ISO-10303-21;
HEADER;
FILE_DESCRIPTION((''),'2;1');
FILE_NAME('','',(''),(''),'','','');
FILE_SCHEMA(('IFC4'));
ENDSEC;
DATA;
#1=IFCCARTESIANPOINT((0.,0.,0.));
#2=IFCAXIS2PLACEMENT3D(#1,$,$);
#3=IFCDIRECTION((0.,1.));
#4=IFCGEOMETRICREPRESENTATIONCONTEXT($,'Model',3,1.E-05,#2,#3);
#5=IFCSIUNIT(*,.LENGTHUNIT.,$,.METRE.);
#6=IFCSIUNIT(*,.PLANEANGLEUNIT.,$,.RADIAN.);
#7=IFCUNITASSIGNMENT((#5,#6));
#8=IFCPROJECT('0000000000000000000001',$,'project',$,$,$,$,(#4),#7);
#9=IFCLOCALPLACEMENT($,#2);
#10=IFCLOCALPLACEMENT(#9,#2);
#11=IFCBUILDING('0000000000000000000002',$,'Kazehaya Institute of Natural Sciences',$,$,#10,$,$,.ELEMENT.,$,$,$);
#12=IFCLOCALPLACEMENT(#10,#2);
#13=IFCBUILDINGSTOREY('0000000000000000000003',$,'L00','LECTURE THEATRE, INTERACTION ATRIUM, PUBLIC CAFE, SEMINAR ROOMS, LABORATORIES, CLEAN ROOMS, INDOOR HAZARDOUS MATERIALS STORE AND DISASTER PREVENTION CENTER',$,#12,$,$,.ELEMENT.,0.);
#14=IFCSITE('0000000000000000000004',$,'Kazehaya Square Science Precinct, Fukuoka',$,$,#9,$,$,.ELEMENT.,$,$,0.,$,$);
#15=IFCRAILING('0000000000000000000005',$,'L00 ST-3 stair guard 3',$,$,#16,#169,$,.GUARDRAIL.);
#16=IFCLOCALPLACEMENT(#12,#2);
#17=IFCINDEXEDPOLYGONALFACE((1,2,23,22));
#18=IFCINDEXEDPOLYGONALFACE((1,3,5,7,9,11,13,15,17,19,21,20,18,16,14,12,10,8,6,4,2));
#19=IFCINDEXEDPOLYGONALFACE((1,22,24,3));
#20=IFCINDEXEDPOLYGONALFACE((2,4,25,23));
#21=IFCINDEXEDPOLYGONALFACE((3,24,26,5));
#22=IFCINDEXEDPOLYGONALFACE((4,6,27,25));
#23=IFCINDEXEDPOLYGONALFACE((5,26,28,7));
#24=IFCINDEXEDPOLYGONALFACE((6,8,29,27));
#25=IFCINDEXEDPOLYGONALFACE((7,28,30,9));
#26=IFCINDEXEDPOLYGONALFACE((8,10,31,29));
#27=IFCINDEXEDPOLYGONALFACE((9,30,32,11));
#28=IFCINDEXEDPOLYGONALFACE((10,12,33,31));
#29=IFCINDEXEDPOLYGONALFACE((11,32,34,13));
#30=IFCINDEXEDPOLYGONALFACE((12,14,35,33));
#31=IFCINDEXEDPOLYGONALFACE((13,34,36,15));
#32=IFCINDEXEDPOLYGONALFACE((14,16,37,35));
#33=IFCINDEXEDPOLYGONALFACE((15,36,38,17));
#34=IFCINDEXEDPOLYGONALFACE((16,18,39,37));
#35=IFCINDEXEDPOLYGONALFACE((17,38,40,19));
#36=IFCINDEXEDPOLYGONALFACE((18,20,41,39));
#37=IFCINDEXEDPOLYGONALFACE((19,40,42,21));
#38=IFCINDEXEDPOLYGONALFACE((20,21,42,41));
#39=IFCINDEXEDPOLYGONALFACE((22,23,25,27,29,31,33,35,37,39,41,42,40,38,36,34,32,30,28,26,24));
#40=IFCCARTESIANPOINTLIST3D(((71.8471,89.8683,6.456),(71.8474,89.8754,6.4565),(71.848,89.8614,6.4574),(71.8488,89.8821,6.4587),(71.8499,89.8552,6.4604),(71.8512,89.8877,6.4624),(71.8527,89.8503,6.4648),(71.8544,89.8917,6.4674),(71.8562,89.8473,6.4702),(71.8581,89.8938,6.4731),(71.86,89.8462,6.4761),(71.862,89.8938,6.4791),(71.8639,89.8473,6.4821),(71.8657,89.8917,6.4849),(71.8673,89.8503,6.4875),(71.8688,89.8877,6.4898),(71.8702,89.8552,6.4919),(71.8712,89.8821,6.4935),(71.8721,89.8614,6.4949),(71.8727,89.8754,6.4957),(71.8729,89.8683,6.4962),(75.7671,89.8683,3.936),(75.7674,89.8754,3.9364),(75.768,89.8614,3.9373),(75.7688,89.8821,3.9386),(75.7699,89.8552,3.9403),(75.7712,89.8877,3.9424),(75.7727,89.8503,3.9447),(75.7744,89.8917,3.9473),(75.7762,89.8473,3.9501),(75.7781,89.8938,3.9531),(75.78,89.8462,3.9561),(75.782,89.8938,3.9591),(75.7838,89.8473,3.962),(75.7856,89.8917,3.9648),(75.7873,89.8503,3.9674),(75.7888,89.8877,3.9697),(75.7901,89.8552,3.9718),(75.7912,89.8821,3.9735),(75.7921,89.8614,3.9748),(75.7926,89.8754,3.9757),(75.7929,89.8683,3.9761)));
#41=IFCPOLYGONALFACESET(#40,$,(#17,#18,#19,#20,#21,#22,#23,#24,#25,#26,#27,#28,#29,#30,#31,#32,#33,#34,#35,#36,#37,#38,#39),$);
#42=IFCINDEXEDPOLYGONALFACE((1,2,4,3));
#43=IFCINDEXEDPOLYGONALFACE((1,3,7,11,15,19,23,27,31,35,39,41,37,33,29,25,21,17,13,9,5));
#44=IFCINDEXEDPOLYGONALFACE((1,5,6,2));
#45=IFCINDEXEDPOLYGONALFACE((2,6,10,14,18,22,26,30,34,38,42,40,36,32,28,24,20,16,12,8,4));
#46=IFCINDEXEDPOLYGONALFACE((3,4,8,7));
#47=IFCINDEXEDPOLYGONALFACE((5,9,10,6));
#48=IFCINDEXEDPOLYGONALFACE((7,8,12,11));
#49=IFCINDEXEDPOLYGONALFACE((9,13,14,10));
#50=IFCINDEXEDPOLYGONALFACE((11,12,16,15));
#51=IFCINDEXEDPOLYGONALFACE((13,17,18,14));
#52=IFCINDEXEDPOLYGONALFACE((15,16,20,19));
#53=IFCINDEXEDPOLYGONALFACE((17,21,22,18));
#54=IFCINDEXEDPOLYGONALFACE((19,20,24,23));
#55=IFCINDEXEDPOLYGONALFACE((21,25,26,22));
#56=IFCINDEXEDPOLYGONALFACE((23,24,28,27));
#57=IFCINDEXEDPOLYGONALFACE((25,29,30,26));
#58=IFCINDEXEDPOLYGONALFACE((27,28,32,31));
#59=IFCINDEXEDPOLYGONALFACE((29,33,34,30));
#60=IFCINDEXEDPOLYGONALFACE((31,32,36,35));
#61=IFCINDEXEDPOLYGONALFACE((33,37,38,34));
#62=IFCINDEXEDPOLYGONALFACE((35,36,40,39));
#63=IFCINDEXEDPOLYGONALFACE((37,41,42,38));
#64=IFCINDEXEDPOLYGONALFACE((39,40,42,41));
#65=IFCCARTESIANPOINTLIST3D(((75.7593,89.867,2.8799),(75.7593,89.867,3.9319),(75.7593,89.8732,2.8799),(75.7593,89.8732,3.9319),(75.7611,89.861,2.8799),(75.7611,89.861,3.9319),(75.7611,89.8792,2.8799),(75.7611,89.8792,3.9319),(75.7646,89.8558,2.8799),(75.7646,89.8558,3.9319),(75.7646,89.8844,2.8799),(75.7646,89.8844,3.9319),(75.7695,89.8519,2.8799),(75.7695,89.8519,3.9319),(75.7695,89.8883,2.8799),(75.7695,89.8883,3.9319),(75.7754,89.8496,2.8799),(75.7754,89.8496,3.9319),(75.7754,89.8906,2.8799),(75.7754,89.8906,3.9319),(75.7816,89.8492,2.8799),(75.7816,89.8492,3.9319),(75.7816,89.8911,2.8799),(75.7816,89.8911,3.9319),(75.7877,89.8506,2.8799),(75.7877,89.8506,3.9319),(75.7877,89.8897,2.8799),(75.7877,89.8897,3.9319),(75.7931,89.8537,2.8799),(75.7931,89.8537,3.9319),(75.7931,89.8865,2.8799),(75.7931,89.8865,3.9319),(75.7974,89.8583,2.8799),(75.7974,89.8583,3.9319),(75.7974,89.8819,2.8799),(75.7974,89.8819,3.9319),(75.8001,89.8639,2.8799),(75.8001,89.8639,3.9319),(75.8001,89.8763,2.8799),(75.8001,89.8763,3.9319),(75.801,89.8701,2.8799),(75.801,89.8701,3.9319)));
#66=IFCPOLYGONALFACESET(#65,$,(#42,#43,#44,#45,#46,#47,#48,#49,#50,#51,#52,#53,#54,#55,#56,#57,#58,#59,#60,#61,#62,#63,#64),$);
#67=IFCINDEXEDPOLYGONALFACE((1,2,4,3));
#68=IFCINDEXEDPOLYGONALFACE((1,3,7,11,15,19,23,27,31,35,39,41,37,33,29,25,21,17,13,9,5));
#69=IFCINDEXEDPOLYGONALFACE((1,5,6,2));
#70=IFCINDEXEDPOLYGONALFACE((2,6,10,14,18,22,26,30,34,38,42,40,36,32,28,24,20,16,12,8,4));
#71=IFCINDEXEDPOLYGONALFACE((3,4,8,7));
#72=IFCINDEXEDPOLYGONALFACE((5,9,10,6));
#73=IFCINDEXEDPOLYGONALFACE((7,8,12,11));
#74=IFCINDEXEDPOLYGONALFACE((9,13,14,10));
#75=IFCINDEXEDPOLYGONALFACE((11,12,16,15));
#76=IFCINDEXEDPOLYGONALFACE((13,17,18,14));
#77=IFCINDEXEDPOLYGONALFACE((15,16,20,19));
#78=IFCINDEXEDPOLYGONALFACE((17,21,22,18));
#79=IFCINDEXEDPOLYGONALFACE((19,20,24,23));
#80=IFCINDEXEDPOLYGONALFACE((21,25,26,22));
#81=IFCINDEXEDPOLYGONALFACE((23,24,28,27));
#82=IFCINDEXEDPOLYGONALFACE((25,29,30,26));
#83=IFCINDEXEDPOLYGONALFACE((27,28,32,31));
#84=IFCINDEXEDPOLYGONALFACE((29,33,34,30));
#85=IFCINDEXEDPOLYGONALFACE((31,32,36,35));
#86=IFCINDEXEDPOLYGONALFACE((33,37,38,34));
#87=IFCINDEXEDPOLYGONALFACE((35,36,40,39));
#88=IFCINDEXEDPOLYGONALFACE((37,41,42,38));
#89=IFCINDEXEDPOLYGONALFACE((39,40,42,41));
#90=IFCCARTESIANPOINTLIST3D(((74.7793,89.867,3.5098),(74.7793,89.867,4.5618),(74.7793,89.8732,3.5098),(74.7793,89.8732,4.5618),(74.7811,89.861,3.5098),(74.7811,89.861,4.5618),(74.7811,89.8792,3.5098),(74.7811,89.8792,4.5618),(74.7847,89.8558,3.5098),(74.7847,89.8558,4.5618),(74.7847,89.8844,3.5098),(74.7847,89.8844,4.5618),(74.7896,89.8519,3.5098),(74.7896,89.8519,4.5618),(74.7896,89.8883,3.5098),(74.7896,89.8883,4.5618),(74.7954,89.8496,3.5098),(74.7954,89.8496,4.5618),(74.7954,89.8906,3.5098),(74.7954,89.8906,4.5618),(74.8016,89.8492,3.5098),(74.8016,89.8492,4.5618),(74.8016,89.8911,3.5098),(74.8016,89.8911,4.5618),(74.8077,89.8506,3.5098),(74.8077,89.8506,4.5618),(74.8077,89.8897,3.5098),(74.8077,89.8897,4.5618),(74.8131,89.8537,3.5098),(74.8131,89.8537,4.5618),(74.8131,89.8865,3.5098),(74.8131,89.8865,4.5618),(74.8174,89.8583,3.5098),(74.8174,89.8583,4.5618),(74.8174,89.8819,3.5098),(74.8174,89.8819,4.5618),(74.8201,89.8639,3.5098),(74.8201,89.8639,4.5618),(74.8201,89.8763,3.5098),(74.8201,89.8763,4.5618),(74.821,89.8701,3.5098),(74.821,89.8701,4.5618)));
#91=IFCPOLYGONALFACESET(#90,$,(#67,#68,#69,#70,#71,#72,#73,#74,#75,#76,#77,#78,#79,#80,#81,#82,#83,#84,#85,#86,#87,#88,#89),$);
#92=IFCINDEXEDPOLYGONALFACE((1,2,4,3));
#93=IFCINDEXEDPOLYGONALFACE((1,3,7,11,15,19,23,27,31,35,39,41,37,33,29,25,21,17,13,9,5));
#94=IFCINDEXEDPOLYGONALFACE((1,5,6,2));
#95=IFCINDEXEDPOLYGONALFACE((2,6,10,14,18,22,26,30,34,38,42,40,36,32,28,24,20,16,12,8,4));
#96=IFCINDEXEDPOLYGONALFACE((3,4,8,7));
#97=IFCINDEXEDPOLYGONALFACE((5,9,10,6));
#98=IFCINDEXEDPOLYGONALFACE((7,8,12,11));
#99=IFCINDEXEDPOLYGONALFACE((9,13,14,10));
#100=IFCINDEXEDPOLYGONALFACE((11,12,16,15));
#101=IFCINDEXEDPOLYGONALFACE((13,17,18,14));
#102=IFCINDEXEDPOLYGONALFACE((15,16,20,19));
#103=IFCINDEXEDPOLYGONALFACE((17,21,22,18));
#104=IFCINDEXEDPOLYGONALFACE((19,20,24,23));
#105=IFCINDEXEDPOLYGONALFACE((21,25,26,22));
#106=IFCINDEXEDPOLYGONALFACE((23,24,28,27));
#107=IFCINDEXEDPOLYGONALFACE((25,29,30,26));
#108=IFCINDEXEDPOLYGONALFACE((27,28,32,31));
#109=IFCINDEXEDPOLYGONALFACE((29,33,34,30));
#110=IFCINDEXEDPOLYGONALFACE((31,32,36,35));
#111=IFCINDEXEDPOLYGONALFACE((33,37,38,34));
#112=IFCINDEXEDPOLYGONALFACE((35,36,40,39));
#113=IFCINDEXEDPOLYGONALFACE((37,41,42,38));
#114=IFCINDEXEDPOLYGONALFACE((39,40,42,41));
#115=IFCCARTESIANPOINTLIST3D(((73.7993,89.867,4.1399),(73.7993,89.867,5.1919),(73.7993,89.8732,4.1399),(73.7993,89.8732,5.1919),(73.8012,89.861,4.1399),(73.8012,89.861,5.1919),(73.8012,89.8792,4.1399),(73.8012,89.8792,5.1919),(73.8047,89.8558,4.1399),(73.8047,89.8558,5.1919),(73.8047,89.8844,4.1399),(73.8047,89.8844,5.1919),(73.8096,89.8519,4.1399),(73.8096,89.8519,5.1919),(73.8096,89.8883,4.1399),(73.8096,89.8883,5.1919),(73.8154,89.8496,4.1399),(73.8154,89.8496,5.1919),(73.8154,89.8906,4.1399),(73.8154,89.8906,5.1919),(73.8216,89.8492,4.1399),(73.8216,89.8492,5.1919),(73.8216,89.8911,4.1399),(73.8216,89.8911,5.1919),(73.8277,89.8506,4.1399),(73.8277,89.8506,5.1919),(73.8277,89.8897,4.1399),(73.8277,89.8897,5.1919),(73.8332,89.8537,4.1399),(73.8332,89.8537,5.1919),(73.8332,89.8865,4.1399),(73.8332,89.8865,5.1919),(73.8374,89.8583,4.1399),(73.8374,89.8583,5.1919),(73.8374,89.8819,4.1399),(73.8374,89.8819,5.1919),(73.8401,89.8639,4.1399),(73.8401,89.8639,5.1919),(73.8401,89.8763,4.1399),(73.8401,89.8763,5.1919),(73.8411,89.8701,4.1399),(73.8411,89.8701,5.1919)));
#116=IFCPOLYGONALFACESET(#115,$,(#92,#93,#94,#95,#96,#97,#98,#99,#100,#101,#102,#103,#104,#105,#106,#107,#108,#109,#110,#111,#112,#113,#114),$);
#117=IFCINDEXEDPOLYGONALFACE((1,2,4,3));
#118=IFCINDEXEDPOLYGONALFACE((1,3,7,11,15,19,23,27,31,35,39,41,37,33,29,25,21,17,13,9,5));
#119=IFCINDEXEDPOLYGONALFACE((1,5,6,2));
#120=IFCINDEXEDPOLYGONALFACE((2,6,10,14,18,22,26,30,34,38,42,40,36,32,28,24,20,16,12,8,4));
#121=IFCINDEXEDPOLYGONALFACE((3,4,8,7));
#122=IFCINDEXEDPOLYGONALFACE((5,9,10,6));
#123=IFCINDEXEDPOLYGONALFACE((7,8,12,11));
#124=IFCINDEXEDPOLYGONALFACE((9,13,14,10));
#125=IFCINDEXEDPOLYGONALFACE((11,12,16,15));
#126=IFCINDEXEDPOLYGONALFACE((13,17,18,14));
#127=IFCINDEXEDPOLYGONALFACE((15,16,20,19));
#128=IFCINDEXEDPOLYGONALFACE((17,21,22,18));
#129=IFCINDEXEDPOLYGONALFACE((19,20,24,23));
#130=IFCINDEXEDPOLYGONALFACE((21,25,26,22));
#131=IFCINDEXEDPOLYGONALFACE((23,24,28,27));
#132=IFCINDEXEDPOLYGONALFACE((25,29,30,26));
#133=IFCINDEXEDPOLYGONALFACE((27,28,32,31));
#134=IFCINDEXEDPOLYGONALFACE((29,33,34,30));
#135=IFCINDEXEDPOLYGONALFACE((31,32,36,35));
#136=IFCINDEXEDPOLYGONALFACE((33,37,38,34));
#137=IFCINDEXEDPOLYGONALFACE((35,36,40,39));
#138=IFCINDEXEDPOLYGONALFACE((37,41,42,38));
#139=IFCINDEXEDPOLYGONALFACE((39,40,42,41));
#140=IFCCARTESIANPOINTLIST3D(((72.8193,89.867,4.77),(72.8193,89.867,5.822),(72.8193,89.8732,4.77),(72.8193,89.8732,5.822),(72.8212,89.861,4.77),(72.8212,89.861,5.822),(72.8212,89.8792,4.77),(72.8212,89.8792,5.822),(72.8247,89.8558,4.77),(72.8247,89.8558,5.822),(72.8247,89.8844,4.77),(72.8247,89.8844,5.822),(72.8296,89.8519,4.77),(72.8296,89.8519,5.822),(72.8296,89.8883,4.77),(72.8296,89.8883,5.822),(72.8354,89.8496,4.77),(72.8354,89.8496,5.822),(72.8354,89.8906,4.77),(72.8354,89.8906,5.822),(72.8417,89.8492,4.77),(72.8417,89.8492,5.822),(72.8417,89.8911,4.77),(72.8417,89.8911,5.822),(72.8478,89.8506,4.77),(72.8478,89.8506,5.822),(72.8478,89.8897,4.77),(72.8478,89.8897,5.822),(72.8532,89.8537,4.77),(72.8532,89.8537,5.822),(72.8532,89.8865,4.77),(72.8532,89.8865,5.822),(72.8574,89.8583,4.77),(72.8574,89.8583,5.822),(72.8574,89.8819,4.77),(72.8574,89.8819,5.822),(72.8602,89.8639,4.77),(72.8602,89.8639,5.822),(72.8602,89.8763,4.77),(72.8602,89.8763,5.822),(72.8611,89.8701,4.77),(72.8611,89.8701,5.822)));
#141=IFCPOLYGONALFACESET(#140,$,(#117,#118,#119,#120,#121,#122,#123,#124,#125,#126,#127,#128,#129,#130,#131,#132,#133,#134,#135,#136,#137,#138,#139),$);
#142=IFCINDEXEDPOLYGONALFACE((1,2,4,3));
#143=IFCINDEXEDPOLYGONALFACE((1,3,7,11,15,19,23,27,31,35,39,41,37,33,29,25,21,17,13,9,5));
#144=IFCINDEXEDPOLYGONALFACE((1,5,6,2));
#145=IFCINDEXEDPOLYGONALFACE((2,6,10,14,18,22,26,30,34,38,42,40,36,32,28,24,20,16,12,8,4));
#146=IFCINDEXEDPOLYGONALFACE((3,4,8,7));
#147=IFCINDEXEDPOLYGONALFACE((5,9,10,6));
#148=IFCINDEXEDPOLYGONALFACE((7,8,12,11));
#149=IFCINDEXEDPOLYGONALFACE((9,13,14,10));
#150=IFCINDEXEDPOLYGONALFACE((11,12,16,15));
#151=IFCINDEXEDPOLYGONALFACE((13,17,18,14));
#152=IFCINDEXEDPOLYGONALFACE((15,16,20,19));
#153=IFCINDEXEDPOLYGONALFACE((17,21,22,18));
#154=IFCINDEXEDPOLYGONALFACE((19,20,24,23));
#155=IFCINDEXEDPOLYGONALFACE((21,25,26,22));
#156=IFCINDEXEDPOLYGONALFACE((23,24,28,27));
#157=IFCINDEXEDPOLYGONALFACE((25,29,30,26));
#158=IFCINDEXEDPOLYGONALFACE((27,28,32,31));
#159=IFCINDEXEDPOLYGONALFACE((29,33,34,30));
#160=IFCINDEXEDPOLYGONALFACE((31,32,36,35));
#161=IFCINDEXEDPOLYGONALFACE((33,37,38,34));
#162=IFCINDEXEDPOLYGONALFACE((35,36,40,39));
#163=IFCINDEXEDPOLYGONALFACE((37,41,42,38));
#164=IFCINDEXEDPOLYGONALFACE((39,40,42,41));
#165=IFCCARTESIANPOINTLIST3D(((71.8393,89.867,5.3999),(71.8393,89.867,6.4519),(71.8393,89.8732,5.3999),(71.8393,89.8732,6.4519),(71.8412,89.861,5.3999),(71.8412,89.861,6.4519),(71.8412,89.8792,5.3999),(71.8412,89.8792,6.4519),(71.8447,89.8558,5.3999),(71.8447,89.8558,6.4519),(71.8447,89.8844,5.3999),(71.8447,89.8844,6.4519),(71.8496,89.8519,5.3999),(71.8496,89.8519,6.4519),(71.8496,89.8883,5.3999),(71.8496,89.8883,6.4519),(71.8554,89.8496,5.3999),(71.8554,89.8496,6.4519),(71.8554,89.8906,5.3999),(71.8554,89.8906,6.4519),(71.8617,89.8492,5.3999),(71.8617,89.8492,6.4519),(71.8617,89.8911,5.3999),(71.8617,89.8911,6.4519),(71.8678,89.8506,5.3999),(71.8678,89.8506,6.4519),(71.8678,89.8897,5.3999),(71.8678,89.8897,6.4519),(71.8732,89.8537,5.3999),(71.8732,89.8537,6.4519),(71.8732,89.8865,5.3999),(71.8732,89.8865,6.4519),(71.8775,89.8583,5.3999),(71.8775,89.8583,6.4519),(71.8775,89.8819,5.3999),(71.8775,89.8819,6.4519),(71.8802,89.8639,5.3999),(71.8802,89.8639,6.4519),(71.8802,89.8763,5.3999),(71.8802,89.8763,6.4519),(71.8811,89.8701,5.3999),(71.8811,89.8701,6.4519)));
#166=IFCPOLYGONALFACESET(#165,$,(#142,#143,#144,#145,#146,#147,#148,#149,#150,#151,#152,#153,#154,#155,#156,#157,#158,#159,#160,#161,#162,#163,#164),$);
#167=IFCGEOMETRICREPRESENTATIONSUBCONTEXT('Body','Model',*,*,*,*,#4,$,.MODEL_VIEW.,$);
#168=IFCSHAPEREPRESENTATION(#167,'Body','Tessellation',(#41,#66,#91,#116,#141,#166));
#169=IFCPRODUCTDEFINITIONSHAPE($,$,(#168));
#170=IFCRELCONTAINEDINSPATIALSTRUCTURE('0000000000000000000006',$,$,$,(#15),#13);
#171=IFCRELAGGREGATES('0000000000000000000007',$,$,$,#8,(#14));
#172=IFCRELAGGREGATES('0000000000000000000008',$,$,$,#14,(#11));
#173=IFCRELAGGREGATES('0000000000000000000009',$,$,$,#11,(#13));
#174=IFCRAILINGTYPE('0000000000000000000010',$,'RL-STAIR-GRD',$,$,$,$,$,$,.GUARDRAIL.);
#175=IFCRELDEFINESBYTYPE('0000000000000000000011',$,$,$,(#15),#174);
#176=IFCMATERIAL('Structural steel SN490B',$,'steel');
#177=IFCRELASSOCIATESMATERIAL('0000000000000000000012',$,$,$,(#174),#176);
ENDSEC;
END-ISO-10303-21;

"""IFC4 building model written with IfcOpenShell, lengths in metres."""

from ifc_helpers import new_model, si_unit, direction, frame, origin, origin_2d, place, context, subcontext, project, spatial, circle, extrude, material, type_object, element, save


model = new_model("IFC4")

# Units and contexts
model_context = context("Model", 3, precision=1e-05, world=origin(), true_north=direction((0.0, 1.0)))
body_context = subcontext(model_context, "Body", "Model", "MODEL_VIEW")
ifc_project = project(units=[si_unit("LENGTHUNIT", "METRE"), si_unit("PLANEANGLEUNIT", "RADIAN")], contexts=[model_context])

# Site, building, storey
site_placement = place(None, origin())
site = spatial("IfcSite", under=ifc_project, at=site_placement, Name="Kazehaya Square Science Precinct, Fukuoka", CompositionType="ELEMENT", RefElevation=0.0)
building_placement = place(site_placement, origin())
building = spatial("IfcBuilding", under=site, at=building_placement, Name="Kazehaya Institute of Natural Sciences", CompositionType="ELEMENT")
storey_placement = place(building_placement, origin())
storey = spatial("IfcBuildingStorey", under=building, at=storey_placement, Name="L00", Description="LECTURE THEATRE, INTERACTION ATRIUM, PUBLIC CAFE, SEMINAR ROOMS, LABORATORIES, CLEAN ROOMS, INDOOR HAZARDOUS MATERIALS STORE AND DISASTER PREVENTION CENTER", CompositionType="ELEMENT", Elevation=0.0)

# Railing
ifc_material_1 = material(Name="Structural steel SN490B", Category="steel")
railing_type_1 = type_object("IfcRailingType", Name="RL-STAIR-GRD", PredefinedType="GUARDRAIL", material=ifc_material_1)
railing_1_placement = place(storey_placement, frame((75.78, 89.8701, 2.8799)))
element("IfcRailing", 1, at=railing_1_placement, inside=storey, type_object=railing_type_1, Name="L00 ST-3 stair guard 3", PredefinedType="GUARDRAIL", context=body_context, shape_type="SweptSolid", body=[
    extrude(circle(Radius=0.0239, at=origin_2d()), frame((0.0, 0.0, 1.0762), z_axis=(-0.841172, 0.0, 0.540768), x_axis=(0.0, -1.0, 0.0)), (0.0, 0.0, 1.0), 4.6602),
    extrude(circle(Radius=0.021, at=origin_2d()), origin(), (0.0, 0.0, 1.0), 1.052),
    extrude(circle(Radius=0.021, at=origin_2d()), frame((-0.98, 0.0, 0.6299)), (0.0, 0.0, 1.0), 1.052),
    extrude(circle(Radius=0.021, at=origin_2d()), frame((-1.96, 0.0, 1.26)), (0.0, 0.0, 1.0), 1.052),
    extrude(circle(Radius=0.021, at=origin_2d()), frame((-2.9399, 0.0, 1.8901)), (0.0, 0.0, 1.0), 1.052),
    extrude(circle(Radius=0.021, at=origin_2d()), frame((-3.9199, 0.0, 2.52)), (0.0, 0.0, 1.0), 1.052),
])

save(model, "model.ifc")
